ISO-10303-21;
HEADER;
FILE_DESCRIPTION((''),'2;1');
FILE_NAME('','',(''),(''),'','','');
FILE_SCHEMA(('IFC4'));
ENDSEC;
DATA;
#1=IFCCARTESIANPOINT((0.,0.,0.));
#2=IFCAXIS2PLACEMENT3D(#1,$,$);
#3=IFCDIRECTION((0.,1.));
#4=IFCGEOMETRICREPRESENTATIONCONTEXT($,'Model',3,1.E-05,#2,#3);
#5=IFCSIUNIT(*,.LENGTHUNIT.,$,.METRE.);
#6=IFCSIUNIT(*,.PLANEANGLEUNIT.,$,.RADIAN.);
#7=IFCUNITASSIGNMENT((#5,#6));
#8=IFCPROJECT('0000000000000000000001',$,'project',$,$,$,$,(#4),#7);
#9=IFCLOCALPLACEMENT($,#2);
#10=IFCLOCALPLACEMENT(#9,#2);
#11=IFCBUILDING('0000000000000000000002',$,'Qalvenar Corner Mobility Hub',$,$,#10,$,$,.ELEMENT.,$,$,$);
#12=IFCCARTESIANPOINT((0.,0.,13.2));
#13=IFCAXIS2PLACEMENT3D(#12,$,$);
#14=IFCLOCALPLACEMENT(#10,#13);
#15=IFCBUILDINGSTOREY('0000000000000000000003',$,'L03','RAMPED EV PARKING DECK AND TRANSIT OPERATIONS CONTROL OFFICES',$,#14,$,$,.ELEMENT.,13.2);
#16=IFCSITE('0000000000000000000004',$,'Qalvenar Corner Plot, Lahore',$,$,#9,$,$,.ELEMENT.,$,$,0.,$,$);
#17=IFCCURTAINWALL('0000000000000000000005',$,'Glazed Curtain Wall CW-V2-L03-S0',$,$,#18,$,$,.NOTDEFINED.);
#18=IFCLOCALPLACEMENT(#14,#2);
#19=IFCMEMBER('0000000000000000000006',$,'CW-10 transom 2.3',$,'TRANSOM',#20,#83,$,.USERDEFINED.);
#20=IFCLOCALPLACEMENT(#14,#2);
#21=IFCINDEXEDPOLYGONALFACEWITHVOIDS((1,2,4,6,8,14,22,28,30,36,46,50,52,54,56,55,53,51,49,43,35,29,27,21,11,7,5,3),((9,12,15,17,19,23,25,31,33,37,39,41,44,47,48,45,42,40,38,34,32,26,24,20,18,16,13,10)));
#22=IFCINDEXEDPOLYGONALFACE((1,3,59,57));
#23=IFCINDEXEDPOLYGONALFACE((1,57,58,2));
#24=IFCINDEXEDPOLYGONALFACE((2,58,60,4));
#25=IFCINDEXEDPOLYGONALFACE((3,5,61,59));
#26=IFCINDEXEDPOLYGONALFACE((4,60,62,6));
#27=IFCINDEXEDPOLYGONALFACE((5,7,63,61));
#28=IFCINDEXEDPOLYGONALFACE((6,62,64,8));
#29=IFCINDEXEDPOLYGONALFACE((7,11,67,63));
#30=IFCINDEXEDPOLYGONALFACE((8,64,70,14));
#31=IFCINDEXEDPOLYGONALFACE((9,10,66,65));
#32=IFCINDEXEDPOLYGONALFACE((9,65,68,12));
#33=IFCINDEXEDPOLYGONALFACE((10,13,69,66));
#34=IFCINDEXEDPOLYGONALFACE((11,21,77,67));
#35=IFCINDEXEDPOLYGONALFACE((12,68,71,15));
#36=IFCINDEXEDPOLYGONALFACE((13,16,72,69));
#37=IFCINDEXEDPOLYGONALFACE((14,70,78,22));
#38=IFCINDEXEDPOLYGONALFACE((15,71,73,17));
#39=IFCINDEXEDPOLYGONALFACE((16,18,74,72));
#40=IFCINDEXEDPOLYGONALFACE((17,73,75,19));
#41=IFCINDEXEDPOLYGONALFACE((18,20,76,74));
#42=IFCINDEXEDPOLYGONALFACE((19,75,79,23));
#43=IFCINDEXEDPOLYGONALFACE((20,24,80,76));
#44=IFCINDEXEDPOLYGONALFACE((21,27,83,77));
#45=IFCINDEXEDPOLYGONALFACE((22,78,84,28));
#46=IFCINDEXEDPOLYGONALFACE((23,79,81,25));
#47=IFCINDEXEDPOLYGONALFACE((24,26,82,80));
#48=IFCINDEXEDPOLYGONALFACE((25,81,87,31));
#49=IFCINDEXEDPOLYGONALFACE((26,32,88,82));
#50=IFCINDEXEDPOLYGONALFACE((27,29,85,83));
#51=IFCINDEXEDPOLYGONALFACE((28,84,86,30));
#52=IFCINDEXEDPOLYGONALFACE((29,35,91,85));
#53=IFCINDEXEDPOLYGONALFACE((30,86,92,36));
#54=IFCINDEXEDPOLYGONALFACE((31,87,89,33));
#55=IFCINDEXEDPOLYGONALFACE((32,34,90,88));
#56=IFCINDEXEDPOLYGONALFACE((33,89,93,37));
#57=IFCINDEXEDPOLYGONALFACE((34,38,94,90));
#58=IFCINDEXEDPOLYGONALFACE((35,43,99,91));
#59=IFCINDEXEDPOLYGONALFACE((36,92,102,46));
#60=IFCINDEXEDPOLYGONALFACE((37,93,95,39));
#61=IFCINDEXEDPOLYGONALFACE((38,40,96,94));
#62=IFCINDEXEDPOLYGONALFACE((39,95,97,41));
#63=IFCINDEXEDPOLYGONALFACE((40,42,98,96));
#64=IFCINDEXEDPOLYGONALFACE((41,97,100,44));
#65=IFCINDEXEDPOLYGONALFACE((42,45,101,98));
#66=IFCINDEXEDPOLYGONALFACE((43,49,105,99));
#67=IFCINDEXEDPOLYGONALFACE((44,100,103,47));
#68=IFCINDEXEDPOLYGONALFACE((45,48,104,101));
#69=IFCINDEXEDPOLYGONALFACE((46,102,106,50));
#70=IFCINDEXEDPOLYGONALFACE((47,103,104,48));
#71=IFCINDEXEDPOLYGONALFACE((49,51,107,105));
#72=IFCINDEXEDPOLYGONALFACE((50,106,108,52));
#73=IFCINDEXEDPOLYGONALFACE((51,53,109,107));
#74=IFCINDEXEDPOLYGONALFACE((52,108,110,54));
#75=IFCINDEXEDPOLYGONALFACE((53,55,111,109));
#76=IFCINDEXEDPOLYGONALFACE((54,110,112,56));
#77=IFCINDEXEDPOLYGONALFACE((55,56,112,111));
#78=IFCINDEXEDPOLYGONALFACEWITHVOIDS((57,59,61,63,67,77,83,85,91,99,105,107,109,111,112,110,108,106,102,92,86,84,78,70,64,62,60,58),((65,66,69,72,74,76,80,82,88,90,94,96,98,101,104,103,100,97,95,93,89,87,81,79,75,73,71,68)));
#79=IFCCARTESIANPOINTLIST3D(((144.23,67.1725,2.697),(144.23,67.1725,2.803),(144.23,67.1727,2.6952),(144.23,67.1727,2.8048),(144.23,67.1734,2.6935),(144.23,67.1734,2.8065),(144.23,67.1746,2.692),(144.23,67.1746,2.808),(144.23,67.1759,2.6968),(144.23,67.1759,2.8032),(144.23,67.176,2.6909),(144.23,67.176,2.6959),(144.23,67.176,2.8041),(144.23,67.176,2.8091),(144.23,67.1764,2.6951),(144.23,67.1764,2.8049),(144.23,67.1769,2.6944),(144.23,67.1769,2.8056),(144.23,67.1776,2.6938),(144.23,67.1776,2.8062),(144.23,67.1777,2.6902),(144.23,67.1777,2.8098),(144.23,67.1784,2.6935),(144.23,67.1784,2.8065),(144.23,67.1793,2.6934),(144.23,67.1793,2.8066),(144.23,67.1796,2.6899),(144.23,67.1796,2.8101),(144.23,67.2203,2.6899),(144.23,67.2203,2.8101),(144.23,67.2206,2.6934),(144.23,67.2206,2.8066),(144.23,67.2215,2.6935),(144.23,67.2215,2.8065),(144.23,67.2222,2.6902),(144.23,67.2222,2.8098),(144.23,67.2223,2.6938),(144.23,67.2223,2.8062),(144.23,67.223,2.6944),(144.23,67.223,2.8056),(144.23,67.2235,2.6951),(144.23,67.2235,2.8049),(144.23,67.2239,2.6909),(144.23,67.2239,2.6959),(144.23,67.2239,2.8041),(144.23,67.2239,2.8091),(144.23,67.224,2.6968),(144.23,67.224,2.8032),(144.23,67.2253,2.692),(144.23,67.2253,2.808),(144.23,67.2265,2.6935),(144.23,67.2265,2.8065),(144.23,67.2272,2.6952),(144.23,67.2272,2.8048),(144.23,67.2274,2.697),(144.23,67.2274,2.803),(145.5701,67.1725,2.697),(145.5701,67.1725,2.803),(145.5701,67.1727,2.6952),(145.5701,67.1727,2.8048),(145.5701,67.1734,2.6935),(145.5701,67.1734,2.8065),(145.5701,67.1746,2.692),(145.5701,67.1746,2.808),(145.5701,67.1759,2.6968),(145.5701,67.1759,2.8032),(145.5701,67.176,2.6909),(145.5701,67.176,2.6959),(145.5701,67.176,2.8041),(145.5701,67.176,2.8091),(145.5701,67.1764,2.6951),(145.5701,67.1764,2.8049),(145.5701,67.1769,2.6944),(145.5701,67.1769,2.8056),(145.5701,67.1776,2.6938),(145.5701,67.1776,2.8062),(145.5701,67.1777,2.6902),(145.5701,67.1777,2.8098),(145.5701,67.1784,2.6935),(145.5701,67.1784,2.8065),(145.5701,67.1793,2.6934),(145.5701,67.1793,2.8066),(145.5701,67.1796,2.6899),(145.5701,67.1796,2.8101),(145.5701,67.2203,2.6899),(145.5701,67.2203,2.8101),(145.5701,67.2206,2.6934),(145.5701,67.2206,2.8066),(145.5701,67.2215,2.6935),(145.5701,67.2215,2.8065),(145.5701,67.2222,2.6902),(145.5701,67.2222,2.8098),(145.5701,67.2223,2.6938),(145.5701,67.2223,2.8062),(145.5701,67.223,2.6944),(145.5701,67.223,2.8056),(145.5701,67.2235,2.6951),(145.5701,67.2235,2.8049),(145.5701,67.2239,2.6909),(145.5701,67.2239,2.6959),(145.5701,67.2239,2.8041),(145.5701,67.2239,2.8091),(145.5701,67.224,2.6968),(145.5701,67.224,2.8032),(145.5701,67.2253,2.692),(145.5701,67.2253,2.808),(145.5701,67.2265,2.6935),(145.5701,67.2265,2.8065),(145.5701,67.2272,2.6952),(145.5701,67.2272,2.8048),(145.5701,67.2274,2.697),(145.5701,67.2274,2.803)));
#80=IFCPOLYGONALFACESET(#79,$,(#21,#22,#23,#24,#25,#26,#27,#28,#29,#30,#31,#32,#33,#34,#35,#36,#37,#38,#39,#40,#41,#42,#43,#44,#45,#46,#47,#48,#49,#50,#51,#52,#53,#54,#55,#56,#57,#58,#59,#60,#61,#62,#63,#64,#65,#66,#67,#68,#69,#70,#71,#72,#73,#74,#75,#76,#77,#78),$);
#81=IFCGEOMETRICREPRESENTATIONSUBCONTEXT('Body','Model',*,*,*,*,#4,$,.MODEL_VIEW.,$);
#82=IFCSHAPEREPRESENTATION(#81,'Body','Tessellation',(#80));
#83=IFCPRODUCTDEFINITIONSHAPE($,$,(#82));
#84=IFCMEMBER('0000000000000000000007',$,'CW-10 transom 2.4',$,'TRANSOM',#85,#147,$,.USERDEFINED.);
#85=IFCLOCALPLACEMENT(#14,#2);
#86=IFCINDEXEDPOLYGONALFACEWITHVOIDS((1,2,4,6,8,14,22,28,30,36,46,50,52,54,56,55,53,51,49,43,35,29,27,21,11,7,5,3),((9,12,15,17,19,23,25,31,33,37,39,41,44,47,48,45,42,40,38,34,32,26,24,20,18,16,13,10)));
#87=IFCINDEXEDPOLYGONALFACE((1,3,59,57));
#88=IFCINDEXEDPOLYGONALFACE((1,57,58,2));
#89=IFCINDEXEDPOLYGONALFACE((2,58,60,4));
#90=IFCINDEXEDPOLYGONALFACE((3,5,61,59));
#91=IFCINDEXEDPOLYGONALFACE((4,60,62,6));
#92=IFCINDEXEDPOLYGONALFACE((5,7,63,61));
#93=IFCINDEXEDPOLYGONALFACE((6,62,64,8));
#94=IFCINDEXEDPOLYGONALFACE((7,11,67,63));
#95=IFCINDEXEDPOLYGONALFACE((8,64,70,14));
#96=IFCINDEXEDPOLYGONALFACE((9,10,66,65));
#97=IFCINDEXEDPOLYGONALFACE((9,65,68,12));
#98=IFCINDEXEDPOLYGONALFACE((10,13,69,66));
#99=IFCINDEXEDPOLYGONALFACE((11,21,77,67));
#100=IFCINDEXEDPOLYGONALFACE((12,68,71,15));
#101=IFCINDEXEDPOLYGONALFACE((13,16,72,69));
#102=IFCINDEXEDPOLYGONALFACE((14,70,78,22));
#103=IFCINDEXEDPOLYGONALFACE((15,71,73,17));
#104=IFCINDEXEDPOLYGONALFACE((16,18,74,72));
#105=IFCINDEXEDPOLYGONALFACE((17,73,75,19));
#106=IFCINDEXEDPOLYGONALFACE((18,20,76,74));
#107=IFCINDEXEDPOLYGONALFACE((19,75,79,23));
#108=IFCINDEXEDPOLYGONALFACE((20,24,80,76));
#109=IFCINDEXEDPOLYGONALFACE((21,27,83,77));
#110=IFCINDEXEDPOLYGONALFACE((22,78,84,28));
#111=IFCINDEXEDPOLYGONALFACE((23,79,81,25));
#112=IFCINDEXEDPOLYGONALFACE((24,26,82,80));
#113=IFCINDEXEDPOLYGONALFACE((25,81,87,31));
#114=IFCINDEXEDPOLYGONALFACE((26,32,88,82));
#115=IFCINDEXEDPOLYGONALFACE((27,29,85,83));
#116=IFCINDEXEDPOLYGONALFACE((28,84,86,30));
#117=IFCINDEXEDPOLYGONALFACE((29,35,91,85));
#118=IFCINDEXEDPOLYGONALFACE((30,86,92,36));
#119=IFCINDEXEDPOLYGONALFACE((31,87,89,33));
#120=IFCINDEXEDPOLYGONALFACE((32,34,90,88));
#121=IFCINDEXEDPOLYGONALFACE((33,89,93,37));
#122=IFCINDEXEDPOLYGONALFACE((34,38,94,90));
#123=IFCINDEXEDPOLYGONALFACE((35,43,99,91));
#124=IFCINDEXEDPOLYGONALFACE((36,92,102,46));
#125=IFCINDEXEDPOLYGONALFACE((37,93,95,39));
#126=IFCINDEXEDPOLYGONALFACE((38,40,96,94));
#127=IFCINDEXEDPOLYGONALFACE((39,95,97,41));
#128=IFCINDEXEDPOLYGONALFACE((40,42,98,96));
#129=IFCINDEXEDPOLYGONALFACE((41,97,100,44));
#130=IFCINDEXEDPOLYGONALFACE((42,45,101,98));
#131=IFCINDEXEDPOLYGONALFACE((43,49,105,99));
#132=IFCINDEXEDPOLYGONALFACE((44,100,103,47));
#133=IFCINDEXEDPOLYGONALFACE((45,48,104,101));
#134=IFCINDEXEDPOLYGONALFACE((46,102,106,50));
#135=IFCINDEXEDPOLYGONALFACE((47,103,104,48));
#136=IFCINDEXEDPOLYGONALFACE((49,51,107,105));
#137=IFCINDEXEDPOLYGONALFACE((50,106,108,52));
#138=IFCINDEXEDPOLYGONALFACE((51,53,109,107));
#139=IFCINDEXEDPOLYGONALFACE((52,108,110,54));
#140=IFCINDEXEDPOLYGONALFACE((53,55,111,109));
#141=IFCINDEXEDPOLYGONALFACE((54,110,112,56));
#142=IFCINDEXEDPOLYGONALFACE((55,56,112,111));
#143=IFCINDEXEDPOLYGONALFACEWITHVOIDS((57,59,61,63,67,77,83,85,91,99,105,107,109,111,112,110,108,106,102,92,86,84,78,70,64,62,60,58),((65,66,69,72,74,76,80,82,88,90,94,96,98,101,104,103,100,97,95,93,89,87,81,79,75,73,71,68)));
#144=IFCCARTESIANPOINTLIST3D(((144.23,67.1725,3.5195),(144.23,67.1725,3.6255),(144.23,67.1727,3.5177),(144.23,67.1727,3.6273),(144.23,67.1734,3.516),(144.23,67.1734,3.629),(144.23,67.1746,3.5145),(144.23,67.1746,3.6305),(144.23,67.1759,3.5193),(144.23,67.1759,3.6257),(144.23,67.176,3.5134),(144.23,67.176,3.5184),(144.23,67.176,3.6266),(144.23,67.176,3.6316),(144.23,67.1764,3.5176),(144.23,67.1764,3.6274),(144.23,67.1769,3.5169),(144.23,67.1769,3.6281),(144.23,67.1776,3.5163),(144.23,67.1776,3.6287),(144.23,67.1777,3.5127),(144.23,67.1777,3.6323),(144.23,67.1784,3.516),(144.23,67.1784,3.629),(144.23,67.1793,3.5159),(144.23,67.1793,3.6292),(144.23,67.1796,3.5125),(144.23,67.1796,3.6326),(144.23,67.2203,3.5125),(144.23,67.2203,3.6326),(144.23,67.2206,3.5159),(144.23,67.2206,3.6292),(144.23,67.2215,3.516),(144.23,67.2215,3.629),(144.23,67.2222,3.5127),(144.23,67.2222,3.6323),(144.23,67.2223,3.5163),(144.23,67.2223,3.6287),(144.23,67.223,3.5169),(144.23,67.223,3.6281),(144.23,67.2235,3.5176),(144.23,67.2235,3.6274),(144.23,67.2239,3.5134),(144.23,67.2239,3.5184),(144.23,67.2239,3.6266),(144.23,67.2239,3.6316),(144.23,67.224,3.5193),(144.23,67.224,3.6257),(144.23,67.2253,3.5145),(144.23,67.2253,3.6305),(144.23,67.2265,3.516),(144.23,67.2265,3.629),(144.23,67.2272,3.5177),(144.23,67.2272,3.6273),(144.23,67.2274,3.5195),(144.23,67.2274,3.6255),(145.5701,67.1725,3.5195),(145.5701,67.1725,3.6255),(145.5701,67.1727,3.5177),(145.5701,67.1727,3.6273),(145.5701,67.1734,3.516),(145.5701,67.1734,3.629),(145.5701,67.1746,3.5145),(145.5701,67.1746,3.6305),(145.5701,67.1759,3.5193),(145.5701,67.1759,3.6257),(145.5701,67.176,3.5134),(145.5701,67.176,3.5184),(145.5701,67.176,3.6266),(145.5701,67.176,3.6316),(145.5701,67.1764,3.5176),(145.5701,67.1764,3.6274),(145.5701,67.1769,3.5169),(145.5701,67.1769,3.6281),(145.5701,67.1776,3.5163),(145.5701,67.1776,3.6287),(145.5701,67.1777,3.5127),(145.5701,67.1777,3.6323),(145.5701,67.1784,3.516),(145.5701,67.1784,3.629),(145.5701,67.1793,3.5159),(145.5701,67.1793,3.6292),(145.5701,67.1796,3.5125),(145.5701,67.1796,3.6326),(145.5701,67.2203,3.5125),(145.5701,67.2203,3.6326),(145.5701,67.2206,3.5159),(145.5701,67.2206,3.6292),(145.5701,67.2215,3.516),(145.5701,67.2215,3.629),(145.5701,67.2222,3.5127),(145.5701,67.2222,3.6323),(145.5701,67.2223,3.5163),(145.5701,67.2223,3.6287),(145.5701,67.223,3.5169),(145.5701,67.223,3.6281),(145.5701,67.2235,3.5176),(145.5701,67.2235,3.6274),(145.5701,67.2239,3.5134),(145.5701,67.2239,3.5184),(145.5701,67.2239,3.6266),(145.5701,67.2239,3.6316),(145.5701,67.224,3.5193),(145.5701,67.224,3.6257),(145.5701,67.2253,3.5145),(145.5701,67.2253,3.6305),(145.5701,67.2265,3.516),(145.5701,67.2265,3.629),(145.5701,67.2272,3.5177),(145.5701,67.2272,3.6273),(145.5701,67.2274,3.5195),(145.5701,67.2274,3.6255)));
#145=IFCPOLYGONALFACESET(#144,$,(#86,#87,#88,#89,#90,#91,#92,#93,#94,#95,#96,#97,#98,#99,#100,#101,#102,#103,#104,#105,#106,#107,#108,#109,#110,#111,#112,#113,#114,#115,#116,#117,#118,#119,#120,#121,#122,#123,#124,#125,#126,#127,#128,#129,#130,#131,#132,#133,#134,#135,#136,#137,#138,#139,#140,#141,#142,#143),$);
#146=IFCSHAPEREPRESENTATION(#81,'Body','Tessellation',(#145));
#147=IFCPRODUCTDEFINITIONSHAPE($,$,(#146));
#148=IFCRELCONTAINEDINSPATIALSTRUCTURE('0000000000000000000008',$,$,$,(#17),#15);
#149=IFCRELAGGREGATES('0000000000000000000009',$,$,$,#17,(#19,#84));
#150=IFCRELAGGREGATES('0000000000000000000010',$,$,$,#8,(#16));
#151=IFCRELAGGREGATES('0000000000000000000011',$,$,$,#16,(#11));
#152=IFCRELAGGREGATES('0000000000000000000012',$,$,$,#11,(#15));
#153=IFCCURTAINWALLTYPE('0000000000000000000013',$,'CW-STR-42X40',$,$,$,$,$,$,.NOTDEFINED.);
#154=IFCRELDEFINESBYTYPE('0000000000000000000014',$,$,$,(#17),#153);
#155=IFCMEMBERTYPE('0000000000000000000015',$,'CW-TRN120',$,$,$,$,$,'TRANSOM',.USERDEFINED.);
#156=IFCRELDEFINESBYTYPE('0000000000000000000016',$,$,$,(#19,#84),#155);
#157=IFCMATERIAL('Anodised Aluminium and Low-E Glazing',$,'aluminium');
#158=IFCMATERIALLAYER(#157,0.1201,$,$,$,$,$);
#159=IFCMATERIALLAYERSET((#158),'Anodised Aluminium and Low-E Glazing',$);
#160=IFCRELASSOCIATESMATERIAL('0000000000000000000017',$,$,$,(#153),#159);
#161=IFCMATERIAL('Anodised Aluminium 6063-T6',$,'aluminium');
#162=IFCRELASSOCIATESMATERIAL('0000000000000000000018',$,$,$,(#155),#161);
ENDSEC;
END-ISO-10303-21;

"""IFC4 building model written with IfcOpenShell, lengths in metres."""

from ifc_helpers import new_model, si_unit, direction, frame, origin, origin_2d, place, context, subcontext, project, spatial, hollow_rectangle, extrude, material, layer, layer_set, material_profile, profile_set, type_object, element, aggregate, save


model = new_model("IFC4")

# Units and contexts
model_context = context("Model", 3, precision=1e-05, world=origin(), true_north=direction((0.0, 1.0)))
body_context = subcontext(model_context, "Body", "Model", "MODEL_VIEW")
ifc_project = project(units=[si_unit("LENGTHUNIT", "METRE"), si_unit("PLANEANGLEUNIT", "RADIAN")], contexts=[model_context])

# Site, building, storey
site_placement = place(None, origin())
site = spatial("IfcSite", under=ifc_project, at=site_placement, Name="Qalvenar Corner Plot, Lahore", CompositionType="ELEMENT", RefElevation=0.0)
building_placement = place(site_placement, origin())
building = spatial("IfcBuilding", under=site, at=building_placement, Name="Qalvenar Corner Mobility Hub", CompositionType="ELEMENT")
storey_placement = place(building_placement, frame((0.0, 0.0, 13.2)))
storey = spatial("IfcBuildingStorey", under=building, at=storey_placement, Name="L03", Description="RAMPED EV PARKING DECK AND TRANSIT OPERATIONS CONTROL OFFICES", CompositionType="ELEMENT", Elevation=13.2)

# Curtain wall, members
ifc_material_1 = material(Name="Anodised Aluminium and Low-E Glazing", Category="aluminium")
ifc_layer_1 = layer(ifc_material_1, 0.1201)
ifc_layer_set_1 = layer_set([ifc_layer_1], Name="Anodised Aluminium and Low-E Glazing")
curtain_wall_type = type_object("IfcCurtainWallType", Name="CW-STR-42X40", PredefinedType="NOTDEFINED", material=ifc_layer_set_1)
curtain_wall_placement = place(storey_placement, origin())
curtain_wall = element("IfcCurtainWall", 1, at=curtain_wall_placement, inside=storey, type_object=curtain_wall_type, Name="Glazed Curtain Wall CW-V2-L03-S0", PredefinedType="NOTDEFINED")
ifc_material_2 = material(Name="Anodised Aluminium 6063-T6", Category="aluminium")
ifc_material_profile_1 = material_profile(ifc_material_2, hollow_rectangle(XDim=0.0549, YDim=0.1201, WallThickness=0.0034, InnerFilletRadius=0.0034, OuterFilletRadius=0.0071, at=origin_2d()), Name="RHS120x55x3.5")
ifc_profile_set_1 = profile_set([ifc_material_profile_1], Name="Anodised Aluminium 6063-T6")
member_type_1 = type_object("IfcMemberType", Name="CW-TRN120", ElementType="TRANSOM", PredefinedType="USERDEFINED", material=ifc_profile_set_1)
member_1_placement = place(storey_placement, frame((144.23, 67.2, 2.75), z_axis=(1.0, 0.0, 0.0), x_axis=(0.0, 1.0, 0.0)))
member_1 = element("IfcMember", 2, at=member_1_placement, type_object=member_type_1, Name="CW-10 transom 2.3", ObjectType="TRANSOM", PredefinedType="USERDEFINED", context=body_context, shape_type="SweptSolid", body=[
    extrude(hollow_rectangle(XDim=0.0549, YDim=0.1201, WallThickness=0.0034, InnerFilletRadius=0.0034, OuterFilletRadius=0.0071, at=origin_2d()), origin(), (0.0, 0.0, 1.0), 1.3401),
])
member_2_placement = place(storey_placement, frame((144.23, 67.2, 3.5725), z_axis=(1.0, 0.0, 0.0), x_axis=(0.0, 1.0, 0.0)))
member_2 = element("IfcMember", 3, at=member_2_placement, type_object=member_type_1, Name="CW-10 transom 2.4", ObjectType="TRANSOM", PredefinedType="USERDEFINED", context=body_context, shape_type="SweptSolid", body=[
    extrude(hollow_rectangle(XDim=0.0549, YDim=0.1201, WallThickness=0.0034, InnerFilletRadius=0.0034, OuterFilletRadius=0.0071, at=origin_2d()), origin(), (0.0, 0.0, 1.0), 1.3401),
])
aggregate(curtain_wall, [member_1, member_2])

save(model, "model.ifc")
